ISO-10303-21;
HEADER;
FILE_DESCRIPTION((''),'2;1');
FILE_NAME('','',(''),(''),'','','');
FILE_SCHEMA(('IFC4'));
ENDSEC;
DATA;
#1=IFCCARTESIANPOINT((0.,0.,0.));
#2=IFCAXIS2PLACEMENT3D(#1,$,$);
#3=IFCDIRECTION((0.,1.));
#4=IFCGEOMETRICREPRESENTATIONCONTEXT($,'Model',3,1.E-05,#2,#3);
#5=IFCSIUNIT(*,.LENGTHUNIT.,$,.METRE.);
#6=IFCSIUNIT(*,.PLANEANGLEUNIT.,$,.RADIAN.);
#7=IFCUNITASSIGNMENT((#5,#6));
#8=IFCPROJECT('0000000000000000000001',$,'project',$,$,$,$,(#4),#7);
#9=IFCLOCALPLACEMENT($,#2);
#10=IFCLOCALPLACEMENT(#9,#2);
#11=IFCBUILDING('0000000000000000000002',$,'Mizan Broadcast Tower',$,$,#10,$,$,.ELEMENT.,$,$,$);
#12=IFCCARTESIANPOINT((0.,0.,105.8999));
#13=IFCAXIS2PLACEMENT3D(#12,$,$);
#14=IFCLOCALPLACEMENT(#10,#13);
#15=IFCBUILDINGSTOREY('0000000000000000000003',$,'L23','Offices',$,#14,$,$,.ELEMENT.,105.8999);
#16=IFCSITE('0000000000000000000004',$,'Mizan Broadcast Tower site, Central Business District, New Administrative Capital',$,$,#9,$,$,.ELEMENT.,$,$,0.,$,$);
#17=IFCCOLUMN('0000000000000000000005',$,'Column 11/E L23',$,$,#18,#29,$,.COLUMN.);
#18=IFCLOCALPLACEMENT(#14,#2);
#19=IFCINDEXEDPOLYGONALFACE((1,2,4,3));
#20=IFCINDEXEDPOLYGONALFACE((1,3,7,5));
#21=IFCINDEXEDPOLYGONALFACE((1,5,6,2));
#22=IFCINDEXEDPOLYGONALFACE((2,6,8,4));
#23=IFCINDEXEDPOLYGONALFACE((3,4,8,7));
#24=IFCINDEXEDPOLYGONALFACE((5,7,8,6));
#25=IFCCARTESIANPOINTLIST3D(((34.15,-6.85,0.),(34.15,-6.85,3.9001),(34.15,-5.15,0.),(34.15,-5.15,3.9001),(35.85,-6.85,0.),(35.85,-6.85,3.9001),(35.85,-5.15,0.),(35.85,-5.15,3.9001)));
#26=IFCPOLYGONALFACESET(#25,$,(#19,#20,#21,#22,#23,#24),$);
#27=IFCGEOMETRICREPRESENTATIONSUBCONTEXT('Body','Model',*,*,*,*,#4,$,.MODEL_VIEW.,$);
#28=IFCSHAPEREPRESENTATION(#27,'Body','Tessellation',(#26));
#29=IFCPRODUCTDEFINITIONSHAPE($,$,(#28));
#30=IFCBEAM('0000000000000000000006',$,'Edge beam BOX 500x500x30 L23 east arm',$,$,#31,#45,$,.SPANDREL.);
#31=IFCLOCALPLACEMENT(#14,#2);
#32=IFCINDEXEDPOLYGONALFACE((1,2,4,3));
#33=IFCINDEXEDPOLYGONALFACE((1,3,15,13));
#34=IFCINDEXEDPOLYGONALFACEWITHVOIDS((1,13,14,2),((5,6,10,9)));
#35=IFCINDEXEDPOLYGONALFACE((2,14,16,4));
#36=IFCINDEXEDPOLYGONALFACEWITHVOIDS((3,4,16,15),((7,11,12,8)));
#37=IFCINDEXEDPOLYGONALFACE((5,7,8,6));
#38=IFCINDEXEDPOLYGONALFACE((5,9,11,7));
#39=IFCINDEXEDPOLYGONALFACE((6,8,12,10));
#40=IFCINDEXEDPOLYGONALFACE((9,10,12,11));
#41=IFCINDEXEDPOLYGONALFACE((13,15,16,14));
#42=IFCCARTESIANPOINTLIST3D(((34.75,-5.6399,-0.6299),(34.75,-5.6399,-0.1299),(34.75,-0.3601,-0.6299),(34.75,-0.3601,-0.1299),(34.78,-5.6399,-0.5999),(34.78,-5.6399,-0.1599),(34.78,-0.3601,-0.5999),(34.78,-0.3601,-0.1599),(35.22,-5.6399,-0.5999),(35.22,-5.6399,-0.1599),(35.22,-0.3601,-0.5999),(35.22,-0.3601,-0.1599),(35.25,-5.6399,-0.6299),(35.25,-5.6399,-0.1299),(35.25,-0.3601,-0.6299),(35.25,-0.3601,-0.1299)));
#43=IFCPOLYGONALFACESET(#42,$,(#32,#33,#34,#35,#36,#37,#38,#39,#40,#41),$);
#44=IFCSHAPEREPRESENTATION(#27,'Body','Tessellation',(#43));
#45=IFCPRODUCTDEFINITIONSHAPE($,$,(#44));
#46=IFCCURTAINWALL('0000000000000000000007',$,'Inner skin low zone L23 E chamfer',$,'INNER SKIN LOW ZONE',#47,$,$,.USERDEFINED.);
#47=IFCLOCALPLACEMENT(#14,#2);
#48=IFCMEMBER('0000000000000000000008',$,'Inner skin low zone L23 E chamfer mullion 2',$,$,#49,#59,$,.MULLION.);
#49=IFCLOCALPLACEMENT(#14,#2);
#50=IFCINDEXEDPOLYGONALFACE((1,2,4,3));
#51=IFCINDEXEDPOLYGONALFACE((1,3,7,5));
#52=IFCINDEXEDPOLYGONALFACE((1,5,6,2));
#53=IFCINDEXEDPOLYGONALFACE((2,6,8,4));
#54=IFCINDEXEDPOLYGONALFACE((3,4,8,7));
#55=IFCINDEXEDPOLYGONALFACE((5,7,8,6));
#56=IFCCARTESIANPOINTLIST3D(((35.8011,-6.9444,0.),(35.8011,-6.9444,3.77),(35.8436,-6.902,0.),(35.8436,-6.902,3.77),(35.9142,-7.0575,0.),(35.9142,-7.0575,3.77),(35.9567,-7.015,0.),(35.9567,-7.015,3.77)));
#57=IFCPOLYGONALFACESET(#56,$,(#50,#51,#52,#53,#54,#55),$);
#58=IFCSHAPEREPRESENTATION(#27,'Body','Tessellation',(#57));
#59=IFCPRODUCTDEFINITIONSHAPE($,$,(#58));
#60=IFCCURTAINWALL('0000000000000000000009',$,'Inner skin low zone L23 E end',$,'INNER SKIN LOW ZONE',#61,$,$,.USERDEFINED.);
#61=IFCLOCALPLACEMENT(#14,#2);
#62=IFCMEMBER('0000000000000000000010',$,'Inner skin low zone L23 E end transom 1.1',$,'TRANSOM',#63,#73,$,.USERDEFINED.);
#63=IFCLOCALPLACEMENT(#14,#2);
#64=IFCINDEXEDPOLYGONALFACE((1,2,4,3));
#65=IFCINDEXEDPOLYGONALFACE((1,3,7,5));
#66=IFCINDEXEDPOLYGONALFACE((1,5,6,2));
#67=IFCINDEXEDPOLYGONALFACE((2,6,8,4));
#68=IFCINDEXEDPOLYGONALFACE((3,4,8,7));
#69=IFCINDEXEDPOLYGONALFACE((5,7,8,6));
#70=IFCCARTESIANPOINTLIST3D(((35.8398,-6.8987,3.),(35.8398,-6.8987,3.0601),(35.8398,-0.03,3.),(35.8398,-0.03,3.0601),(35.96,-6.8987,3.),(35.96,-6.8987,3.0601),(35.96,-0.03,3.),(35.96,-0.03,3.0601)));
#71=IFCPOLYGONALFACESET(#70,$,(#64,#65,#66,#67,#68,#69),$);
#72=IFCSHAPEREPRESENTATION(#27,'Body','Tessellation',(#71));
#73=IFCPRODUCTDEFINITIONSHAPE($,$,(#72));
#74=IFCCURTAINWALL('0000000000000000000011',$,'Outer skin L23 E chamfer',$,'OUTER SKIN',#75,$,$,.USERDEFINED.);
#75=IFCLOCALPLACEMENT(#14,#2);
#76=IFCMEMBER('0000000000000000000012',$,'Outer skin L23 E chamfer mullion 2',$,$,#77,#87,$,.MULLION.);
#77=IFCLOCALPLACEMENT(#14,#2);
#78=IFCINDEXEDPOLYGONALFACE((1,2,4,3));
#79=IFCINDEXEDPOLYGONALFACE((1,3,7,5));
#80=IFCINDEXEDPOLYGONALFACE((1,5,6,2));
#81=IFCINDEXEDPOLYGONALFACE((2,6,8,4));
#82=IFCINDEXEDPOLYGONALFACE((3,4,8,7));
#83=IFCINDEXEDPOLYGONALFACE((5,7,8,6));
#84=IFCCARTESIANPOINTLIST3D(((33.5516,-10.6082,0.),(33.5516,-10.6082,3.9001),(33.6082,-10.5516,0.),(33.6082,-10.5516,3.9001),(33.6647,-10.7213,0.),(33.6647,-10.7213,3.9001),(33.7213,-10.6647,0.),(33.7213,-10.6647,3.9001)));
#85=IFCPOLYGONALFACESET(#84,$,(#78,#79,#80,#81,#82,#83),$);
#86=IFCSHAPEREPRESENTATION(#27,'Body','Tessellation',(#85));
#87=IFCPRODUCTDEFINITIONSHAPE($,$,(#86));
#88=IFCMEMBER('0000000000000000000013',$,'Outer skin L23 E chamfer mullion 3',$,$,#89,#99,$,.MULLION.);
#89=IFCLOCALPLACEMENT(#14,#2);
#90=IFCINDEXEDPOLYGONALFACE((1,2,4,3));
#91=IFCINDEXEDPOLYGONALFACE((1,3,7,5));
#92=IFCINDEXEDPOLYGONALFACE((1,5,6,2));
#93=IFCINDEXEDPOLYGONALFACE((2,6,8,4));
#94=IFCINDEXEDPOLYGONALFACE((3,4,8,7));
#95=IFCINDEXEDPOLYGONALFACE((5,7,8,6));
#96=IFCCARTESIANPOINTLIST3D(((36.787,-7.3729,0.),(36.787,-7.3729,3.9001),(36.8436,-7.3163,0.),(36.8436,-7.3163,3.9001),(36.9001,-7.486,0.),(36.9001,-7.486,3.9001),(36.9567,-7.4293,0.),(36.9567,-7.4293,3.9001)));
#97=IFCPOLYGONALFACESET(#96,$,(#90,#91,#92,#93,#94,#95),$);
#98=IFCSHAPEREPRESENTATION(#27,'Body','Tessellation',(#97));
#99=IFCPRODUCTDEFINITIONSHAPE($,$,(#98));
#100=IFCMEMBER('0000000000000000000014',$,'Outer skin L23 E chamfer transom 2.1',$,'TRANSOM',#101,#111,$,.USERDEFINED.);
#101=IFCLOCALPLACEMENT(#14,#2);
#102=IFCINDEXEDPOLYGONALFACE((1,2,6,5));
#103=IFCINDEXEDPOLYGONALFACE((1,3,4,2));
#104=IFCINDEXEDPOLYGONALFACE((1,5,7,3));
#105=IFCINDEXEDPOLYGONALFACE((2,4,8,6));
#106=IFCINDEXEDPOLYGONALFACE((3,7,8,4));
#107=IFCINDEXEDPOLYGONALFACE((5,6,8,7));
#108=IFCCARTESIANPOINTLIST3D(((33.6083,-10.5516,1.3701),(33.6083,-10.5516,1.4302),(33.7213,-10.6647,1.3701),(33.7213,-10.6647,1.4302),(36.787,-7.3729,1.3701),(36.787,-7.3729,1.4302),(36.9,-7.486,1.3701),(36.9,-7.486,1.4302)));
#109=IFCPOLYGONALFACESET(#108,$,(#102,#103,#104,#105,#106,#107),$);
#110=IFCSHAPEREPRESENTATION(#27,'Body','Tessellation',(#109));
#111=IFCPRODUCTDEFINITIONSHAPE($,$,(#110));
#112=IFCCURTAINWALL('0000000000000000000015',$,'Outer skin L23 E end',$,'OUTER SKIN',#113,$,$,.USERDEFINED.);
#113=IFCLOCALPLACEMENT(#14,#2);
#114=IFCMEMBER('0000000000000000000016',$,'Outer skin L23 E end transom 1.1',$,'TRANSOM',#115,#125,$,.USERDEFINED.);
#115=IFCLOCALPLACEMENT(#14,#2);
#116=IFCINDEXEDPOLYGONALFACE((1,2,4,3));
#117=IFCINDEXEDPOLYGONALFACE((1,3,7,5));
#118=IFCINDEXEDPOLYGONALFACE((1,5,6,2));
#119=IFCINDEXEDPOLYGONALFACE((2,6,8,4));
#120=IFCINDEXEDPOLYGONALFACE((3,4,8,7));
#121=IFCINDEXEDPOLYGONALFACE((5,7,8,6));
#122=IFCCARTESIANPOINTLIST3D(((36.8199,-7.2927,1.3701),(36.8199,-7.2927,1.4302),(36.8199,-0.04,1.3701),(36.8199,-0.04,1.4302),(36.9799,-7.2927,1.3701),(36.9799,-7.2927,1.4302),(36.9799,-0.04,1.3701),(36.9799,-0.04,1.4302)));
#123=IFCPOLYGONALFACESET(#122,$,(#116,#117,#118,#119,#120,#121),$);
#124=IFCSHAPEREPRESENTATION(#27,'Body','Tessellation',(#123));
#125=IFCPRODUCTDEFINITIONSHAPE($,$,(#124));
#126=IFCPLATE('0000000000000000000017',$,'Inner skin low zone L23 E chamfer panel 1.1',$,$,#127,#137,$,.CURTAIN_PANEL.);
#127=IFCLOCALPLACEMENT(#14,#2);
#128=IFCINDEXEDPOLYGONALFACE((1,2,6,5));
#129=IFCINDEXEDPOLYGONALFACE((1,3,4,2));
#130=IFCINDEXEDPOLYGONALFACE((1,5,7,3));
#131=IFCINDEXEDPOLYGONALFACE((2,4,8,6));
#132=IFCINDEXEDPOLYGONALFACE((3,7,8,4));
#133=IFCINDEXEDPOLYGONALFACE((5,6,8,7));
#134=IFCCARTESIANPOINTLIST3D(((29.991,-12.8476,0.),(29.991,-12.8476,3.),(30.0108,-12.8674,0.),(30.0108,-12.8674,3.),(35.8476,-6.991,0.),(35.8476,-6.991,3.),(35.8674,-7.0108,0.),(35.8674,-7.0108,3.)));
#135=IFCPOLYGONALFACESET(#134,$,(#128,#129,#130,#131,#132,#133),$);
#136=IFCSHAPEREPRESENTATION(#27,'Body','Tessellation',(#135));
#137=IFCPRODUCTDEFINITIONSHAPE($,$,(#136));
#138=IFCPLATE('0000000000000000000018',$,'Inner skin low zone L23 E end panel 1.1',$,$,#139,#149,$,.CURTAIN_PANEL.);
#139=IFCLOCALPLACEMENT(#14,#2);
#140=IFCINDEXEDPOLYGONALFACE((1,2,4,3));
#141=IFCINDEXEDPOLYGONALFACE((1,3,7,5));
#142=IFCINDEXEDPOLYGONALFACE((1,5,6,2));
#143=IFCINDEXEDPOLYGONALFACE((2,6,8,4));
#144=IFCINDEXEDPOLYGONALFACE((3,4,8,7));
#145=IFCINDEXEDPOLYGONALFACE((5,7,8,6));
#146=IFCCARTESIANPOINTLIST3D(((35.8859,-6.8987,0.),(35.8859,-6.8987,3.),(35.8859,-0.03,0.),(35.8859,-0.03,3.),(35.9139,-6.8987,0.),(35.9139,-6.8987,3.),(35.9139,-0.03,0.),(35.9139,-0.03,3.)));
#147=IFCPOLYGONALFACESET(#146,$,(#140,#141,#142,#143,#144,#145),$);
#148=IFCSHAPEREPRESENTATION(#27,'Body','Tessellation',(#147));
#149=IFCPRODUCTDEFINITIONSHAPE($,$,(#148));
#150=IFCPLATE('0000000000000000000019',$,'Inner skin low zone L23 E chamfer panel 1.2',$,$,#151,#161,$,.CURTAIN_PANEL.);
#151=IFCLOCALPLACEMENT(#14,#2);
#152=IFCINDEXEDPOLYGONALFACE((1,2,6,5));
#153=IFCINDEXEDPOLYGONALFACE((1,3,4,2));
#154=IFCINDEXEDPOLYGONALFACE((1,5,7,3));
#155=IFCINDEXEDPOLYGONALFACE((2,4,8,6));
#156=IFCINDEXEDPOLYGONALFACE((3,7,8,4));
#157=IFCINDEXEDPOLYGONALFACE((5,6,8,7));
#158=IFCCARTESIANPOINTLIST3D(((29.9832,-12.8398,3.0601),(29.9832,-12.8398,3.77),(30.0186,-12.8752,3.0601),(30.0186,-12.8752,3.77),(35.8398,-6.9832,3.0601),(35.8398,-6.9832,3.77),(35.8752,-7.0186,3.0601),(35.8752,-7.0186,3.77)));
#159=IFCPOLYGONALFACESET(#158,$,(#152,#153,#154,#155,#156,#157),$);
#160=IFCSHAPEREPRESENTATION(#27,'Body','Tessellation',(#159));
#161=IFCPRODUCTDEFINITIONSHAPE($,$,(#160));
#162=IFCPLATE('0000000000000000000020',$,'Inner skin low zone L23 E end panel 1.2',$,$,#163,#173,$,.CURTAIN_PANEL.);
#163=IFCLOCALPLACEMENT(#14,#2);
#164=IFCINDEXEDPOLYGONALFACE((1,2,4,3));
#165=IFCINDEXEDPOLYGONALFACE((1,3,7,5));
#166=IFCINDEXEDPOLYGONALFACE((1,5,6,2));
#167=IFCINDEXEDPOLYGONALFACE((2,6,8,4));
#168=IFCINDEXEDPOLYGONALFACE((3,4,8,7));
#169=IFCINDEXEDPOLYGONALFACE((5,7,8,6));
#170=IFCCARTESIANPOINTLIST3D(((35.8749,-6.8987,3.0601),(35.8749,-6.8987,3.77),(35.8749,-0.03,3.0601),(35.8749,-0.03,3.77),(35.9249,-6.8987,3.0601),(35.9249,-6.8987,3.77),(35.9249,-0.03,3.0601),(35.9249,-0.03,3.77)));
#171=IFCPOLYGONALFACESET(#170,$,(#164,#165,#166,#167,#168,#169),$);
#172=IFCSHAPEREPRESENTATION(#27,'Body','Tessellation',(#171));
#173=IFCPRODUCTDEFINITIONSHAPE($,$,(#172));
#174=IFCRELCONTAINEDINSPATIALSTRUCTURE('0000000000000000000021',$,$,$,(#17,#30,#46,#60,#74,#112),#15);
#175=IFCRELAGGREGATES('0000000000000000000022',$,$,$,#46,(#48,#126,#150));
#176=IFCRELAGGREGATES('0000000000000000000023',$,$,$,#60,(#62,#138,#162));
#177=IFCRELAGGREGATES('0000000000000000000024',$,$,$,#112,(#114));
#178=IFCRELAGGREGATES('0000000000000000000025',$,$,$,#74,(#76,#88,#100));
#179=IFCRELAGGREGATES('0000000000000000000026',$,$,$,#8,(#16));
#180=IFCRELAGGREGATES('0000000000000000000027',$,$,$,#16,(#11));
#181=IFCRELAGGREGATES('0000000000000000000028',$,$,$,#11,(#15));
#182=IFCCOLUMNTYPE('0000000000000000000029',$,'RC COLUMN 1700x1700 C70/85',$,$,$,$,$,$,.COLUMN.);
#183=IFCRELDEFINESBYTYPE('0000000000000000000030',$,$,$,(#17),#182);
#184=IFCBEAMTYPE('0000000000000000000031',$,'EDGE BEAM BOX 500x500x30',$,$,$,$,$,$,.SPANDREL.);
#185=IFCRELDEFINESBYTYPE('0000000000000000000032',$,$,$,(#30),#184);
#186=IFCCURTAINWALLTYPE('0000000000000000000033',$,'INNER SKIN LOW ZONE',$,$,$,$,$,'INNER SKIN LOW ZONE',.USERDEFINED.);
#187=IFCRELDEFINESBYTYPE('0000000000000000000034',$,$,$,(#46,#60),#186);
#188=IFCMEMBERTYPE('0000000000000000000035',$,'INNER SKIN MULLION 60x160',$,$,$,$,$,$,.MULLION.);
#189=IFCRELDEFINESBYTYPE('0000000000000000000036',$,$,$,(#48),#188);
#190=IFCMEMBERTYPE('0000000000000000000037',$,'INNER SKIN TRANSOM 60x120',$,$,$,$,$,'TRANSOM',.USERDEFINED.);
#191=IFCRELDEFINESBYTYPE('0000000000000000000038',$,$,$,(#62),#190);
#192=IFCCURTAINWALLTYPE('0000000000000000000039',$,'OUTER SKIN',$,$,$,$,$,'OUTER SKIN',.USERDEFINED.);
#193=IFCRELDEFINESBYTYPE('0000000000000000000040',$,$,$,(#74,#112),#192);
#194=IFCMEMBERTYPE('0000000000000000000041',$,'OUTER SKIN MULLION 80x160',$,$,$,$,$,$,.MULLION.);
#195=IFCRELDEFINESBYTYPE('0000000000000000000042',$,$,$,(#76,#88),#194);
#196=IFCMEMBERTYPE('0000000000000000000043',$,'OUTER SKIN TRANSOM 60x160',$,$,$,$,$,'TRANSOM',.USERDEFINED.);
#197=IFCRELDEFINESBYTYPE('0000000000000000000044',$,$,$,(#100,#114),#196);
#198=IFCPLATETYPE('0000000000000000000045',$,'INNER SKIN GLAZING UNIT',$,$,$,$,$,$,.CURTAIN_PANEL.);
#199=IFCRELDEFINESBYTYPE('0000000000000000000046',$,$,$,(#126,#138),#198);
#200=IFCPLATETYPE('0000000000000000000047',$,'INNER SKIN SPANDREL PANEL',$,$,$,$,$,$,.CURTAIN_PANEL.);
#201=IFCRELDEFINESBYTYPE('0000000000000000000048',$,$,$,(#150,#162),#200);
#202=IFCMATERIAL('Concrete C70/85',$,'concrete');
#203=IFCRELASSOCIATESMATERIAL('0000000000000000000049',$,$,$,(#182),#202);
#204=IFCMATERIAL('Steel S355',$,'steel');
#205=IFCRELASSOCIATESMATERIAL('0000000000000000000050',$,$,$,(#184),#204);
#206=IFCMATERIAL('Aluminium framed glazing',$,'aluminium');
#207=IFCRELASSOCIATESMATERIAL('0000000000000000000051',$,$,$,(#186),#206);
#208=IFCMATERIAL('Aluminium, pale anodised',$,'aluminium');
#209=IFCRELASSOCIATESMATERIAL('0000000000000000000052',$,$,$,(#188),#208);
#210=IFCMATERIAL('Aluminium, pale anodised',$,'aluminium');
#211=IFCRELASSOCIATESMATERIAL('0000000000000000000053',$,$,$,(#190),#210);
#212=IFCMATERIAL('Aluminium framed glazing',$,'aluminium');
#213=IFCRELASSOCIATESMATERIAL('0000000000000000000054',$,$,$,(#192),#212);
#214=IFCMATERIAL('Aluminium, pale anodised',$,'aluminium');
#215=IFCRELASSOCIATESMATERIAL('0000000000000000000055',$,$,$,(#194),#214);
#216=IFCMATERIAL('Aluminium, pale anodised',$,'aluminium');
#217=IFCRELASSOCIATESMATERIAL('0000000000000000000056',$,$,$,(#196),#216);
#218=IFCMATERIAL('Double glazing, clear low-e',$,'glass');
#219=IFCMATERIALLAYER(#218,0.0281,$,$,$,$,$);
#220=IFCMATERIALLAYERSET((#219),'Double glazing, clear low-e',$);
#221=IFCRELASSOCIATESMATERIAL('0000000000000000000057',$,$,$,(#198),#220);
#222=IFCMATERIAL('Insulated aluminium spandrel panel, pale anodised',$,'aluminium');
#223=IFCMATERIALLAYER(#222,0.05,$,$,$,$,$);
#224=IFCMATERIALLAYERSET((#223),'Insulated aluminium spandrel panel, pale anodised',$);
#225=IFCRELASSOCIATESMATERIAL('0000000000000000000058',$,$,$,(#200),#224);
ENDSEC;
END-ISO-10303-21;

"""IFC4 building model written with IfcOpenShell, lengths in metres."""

from ifc_helpers import new_model, si_unit, direction, frame, origin, origin_2d, place, context, subcontext, project, spatial, rectangle, hollow_rectangle, extrude, material, layer, layer_set, material_profile, profile_set, type_object, element, aggregate, save


model = new_model("IFC4")

# Units and contexts
model_context = context("Model", 3, precision=1e-05, world=origin(), true_north=direction((0.0, 1.0)))
body_context = subcontext(model_context, "Body", "Model", "MODEL_VIEW")
ifc_project = project(units=[si_unit("LENGTHUNIT", "METRE"), si_unit("PLANEANGLEUNIT", "RADIAN")], contexts=[model_context])

# Site, building, storey
site_placement = place(None, origin())
site = spatial("IfcSite", under=ifc_project, at=site_placement, Name="Mizan Broadcast Tower site, Central Business District, New Administrative Capital", CompositionType="ELEMENT", RefElevation=0.0)
building_placement = place(site_placement, origin())
building = spatial("IfcBuilding", under=site, at=building_placement, Name="Mizan Broadcast Tower", CompositionType="ELEMENT")
storey_placement = place(building_placement, frame((0.0, 0.0, 105.8999)))
storey = spatial("IfcBuildingStorey", under=building, at=storey_placement, Name="L23", Description="Offices", CompositionType="ELEMENT", Elevation=105.8999)

# Column
ifc_material_1 = material(Name="Concrete C70/85", Category="concrete")
ifc_material_profile_1 = material_profile(ifc_material_1, rectangle(XDim=1.7, YDim=1.7, at=origin_2d()), Name="RC 1700x1700")
ifc_profile_set_1 = profile_set([ifc_material_profile_1], Name="Concrete C70/85")
column_type = type_object("IfcColumnType", Name="RC COLUMN 1700x1700 C70/85", PredefinedType="COLUMN", material=ifc_profile_set_1)
column_placement = place(storey_placement, frame((35.0, -6.0, 0.0), z_axis=(0.0, 0.0, 1.0), x_axis=(1.0, 0.0, 0.0)))
element("IfcColumn", 1, at=column_placement, inside=storey, type_object=column_type, Name="Column 11/E L23", PredefinedType="COLUMN", context=body_context, shape_type="SweptSolid", body=[
    extrude(rectangle(XDim=1.7, YDim=1.7, at=origin_2d()), origin(), (0.0, 0.0, 1.0), 3.9001),
])

# Beam
ifc_material_2 = material(Name="Steel S355", Category="steel")
ifc_material_profile_2 = material_profile(ifc_material_2, hollow_rectangle(XDim=0.5, YDim=0.5, WallThickness=0.03, at=origin_2d()), Name="BOX 500x500x30")
ifc_profile_set_2 = profile_set([ifc_material_profile_2], Name="Steel S355")
beam_type = type_object("IfcBeamType", Name="EDGE BEAM BOX 500x500x30", PredefinedType="SPANDREL", material=ifc_profile_set_2)
beam_placement = place(storey_placement, frame((35.0, -5.6399, -0.3799), z_axis=(0.0, 1.0, 0.0), x_axis=(-1.0, 0.0, 0.0)))
element("IfcBeam", 2, at=beam_placement, inside=storey, type_object=beam_type, Name="Edge beam BOX 500x500x30 L23 east arm", PredefinedType="SPANDREL", context=body_context, shape_type="SweptSolid", body=[
    extrude(hollow_rectangle(XDim=0.5, YDim=0.5, WallThickness=0.03, at=origin_2d()), origin(), (0.0, 0.0, 1.0), 5.2798),
])

# Curtain walls, members
ifc_material_3 = material(Name="Aluminium framed glazing", Category="aluminium")
curtain_wall_type_1 = type_object("IfcCurtainWallType", Name="INNER SKIN LOW ZONE", ElementType="INNER SKIN LOW ZONE", PredefinedType="USERDEFINED", material=ifc_material_3)
curtain_wall_1_placement = place(storey_placement, origin())
curtain_wall_1 = element("IfcCurtainWall", 3, at=curtain_wall_1_placement, inside=storey, type_object=curtain_wall_type_1, Name="Inner skin low zone L23 E chamfer", ObjectType="INNER SKIN LOW ZONE", PredefinedType="USERDEFINED")
ifc_material_4 = material(Name="Aluminium, pale anodised", Category="aluminium")
ifc_material_profile_3 = material_profile(ifc_material_4, rectangle(XDim=0.1599, YDim=0.0601, at=origin_2d()), Name="MULLION 160x60")
ifc_profile_set_3 = profile_set([ifc_material_profile_3], Name="Aluminium, pale anodised")
member_type_1 = type_object("IfcMemberType", Name="INNER SKIN MULLION 60x160", PredefinedType="MULLION", material=ifc_profile_set_3)
member_1_placement = place(storey_placement, frame((35.8789, -6.9797, 0.0), z_axis=(0.0, 0.0, 1.0), x_axis=(-0.707107, 0.707107, 0.0)))
member_1 = element("IfcMember", 4, at=member_1_placement, type_object=member_type_1, Name="Inner skin low zone L23 E chamfer mullion 2", PredefinedType="MULLION", context=body_context, shape_type="SweptSolid", body=[
    extrude(rectangle(XDim=0.1599, YDim=0.0601, at=origin_2d()), origin(), (0.0, 0.0, 1.0), 3.77),
])
curtain_wall_2_placement = place(storey_placement, origin())
curtain_wall_2 = element("IfcCurtainWall", 5, at=curtain_wall_2_placement, inside=storey, type_object=curtain_wall_type_1, Name="Inner skin low zone L23 E end", ObjectType="INNER SKIN LOW ZONE", PredefinedType="USERDEFINED")
ifc_material_5 = material(Name="Aluminium, pale anodised", Category="aluminium")
ifc_material_profile_4 = material_profile(ifc_material_5, rectangle(XDim=0.1201, YDim=0.0601, at=origin_2d()), Name="TRANSOM 120x60")
ifc_profile_set_4 = profile_set([ifc_material_profile_4], Name="Aluminium, pale anodised")
member_type_2 = type_object("IfcMemberType", Name="INNER SKIN TRANSOM 60x120", ElementType="TRANSOM", PredefinedType="USERDEFINED", material=ifc_profile_set_4)
member_2_placement = place(storey_placement, frame((35.8999, -6.8987, 3.03), z_axis=(0.0, 1.0, 0.0), x_axis=(-1.0, 0.0, 0.0)))
member_2 = element("IfcMember", 6, at=member_2_placement, type_object=member_type_2, Name="Inner skin low zone L23 E end transom 1.1", ObjectType="TRANSOM", PredefinedType="USERDEFINED", context=body_context, shape_type="SweptSolid", body=[
    extrude(rectangle(XDim=0.1201, YDim=0.0601, at=origin_2d()), origin(), (0.0, 0.0, 1.0), 6.8687),
])

# Curtain wall, members
ifc_material_6 = material(Name="Aluminium framed glazing", Category="aluminium")
curtain_wall_type_2 = type_object("IfcCurtainWallType", Name="OUTER SKIN", ElementType="OUTER SKIN", PredefinedType="USERDEFINED", material=ifc_material_6)
curtain_wall_3_placement = place(storey_placement, origin())
curtain_wall_3 = element("IfcCurtainWall", 7, at=curtain_wall_3_placement, inside=storey, type_object=curtain_wall_type_2, Name="Outer skin L23 E chamfer", ObjectType="OUTER SKIN", PredefinedType="USERDEFINED")
ifc_material_7 = material(Name="Aluminium, pale anodised", Category="aluminium")
ifc_material_profile_5 = material_profile(ifc_material_7, rectangle(XDim=0.1599, YDim=0.0801, at=origin_2d()), Name="MULLION 160x80")
ifc_profile_set_5 = profile_set([ifc_material_profile_5], Name="Aluminium, pale anodised")
member_type_3 = type_object("IfcMemberType", Name="OUTER SKIN MULLION 80x160", PredefinedType="MULLION", material=ifc_profile_set_5)
member_3_placement = place(storey_placement, frame((33.6365, -10.6365, 0.0), z_axis=(0.0, 0.0, 1.0), x_axis=(-0.707107, 0.707107, 0.0)))
member_3 = element("IfcMember", 8, at=member_3_placement, type_object=member_type_3, Name="Outer skin L23 E chamfer mullion 2", PredefinedType="MULLION", context=body_context, shape_type="SweptSolid", body=[
    extrude(rectangle(XDim=0.1599, YDim=0.0801, at=origin_2d()), origin(), (0.0, 0.0, 1.0), 3.9001),
])
member_4_placement = place(storey_placement, frame((36.8718, -7.4011, 0.0), z_axis=(0.0, 0.0, 1.0), x_axis=(-0.707107, 0.707107, 0.0)))
member_4 = element("IfcMember", 9, at=member_4_placement, type_object=member_type_3, Name="Outer skin L23 E chamfer mullion 3", PredefinedType="MULLION", context=body_context, shape_type="SweptSolid", body=[
    extrude(rectangle(XDim=0.1599, YDim=0.0801, at=origin_2d()), origin(), (0.0, 0.0, 1.0), 3.9001),
])
ifc_material_8 = material(Name="Aluminium, pale anodised", Category="aluminium")
ifc_material_profile_6 = material_profile(ifc_material_8, rectangle(XDim=0.1599, YDim=0.0601, at=origin_2d()), Name="TRANSOM 160x60")
ifc_profile_set_6 = profile_set([ifc_material_profile_6], Name="Aluminium, pale anodised")
member_type_4 = type_object("IfcMemberType", Name="OUTER SKIN TRANSOM 60x160", ElementType="TRANSOM", PredefinedType="USERDEFINED", material=ifc_profile_set_6)
member_5_placement = place(storey_placement, frame((33.6648, -10.6082, 1.4001), z_axis=(0.707107, 0.707107, 0.0), x_axis=(-0.707107, 0.707107, 0.0)))
member_5 = element("IfcMember", 10, at=member_5_placement, type_object=member_type_4, Name="Outer skin L23 E chamfer transom 2.1", ObjectType="TRANSOM", PredefinedType="USERDEFINED", context=body_context, shape_type="SweptSolid", body=[
    extrude(rectangle(XDim=0.1599, YDim=0.0601, at=origin_2d()), origin(), (0.0, 0.0, 1.0), 4.4954),
])

# Curtain wall, member
curtain_wall_4_placement = place(storey_placement, origin())
curtain_wall_4 = element("IfcCurtainWall", 11, at=curtain_wall_4_placement, inside=storey, type_object=curtain_wall_type_2, Name="Outer skin L23 E end", ObjectType="OUTER SKIN", PredefinedType="USERDEFINED")
member_6_placement = place(storey_placement, frame((36.8999, -7.2927, 1.4001), z_axis=(0.0, 1.0, 0.0), x_axis=(-1.0, 0.0, 0.0)))
member_6 = element("IfcMember", 12, at=member_6_placement, type_object=member_type_4, Name="Outer skin L23 E end transom 1.1", ObjectType="TRANSOM", PredefinedType="USERDEFINED", context=body_context, shape_type="SweptSolid", body=[
    extrude(rectangle(XDim=0.1599, YDim=0.0601, at=origin_2d()), origin(), (0.0, 0.0, 1.0), 7.2527),
])

# Plates
ifc_material_9 = material(Name="Double glazing, clear low-e", Category="glass")
ifc_layer_1 = layer(ifc_material_9, 0.0281)
ifc_layer_set_1 = layer_set([ifc_layer_1], Name="Double glazing, clear low-e")
plate_type_1 = type_object("IfcPlateType", Name="INNER SKIN GLAZING UNIT", PredefinedType="CURTAIN_PANEL", material=ifc_layer_set_1)
plate_1_placement = place(storey_placement, frame((32.9292, -9.9292, 0.0), z_axis=(0.0, 0.0, 1.0), x_axis=(0.707107, 0.707107, 0.0)))
plate_1 = element("IfcPlate", 13, at=plate_1_placement, type_object=plate_type_1, Name="Inner skin low zone L23 E chamfer panel 1.1", PredefinedType="CURTAIN_PANEL", context=body_context, shape_type="SweptSolid", body=[
    extrude(rectangle(XDim=8.2825, YDim=0.0281, at=origin_2d()), origin(), (0.0, 0.0, 1.0), 3.0),
])
plate_2_placement = place(storey_placement, frame((35.8999, -3.4644, 0.0), z_axis=(0.0, 0.0, 1.0), x_axis=(0.0, 1.0, 0.0)))
plate_2 = element("IfcPlate", 14, at=plate_2_placement, type_object=plate_type_1, Name="Inner skin low zone L23 E end panel 1.1", PredefinedType="CURTAIN_PANEL", context=body_context, shape_type="SweptSolid", body=[
    extrude(rectangle(XDim=6.8687, YDim=0.0281, at=origin_2d()), origin(), (0.0, 0.0, 1.0), 3.0),
])
ifc_material_10 = material(Name="Insulated aluminium spandrel panel, pale anodised", Category="aluminium")
ifc_layer_2 = layer(ifc_material_10, 0.05)
ifc_layer_set_2 = layer_set([ifc_layer_2], Name="Insulated aluminium spandrel panel, pale anodised")
plate_type_2 = type_object("IfcPlateType", Name="INNER SKIN SPANDREL PANEL", PredefinedType="CURTAIN_PANEL", material=ifc_layer_set_2)
plate_3_placement = place(storey_placement, frame((32.9292, -9.9292, 3.0601), z_axis=(0.0, 0.0, 1.0), x_axis=(0.707107, 0.707107, 0.0)))
plate_3 = element("IfcPlate", 15, at=plate_3_placement, type_object=plate_type_2, Name="Inner skin low zone L23 E chamfer panel 1.2", PredefinedType="CURTAIN_PANEL", context=body_context, shape_type="SweptSolid", body=[
    extrude(rectangle(XDim=8.2825, YDim=0.05, at=origin_2d()), origin(), (0.0, 0.0, 1.0), 0.71),
])
aggregate(curtain_wall_1, [member_1, plate_1, plate_3])
plate_4_placement = place(storey_placement, frame((35.8999, -3.4644, 3.0601), z_axis=(0.0, 0.0, 1.0), x_axis=(0.0, 1.0, 0.0)))
plate_4 = element("IfcPlate", 16, at=plate_4_placement, type_object=plate_type_2, Name="Inner skin low zone L23 E end panel 1.2", PredefinedType="CURTAIN_PANEL", context=body_context, shape_type="SweptSolid", body=[
    extrude(rectangle(XDim=6.8687, YDim=0.05, at=origin_2d()), origin(), (0.0, 0.0, 1.0), 0.71),
])
aggregate(curtain_wall_2, [member_2, plate_2, plate_4])
aggregate(curtain_wall_4, [member_6])
aggregate(curtain_wall_3, [member_3, member_4, member_5])

save(model, "model.ifc")
